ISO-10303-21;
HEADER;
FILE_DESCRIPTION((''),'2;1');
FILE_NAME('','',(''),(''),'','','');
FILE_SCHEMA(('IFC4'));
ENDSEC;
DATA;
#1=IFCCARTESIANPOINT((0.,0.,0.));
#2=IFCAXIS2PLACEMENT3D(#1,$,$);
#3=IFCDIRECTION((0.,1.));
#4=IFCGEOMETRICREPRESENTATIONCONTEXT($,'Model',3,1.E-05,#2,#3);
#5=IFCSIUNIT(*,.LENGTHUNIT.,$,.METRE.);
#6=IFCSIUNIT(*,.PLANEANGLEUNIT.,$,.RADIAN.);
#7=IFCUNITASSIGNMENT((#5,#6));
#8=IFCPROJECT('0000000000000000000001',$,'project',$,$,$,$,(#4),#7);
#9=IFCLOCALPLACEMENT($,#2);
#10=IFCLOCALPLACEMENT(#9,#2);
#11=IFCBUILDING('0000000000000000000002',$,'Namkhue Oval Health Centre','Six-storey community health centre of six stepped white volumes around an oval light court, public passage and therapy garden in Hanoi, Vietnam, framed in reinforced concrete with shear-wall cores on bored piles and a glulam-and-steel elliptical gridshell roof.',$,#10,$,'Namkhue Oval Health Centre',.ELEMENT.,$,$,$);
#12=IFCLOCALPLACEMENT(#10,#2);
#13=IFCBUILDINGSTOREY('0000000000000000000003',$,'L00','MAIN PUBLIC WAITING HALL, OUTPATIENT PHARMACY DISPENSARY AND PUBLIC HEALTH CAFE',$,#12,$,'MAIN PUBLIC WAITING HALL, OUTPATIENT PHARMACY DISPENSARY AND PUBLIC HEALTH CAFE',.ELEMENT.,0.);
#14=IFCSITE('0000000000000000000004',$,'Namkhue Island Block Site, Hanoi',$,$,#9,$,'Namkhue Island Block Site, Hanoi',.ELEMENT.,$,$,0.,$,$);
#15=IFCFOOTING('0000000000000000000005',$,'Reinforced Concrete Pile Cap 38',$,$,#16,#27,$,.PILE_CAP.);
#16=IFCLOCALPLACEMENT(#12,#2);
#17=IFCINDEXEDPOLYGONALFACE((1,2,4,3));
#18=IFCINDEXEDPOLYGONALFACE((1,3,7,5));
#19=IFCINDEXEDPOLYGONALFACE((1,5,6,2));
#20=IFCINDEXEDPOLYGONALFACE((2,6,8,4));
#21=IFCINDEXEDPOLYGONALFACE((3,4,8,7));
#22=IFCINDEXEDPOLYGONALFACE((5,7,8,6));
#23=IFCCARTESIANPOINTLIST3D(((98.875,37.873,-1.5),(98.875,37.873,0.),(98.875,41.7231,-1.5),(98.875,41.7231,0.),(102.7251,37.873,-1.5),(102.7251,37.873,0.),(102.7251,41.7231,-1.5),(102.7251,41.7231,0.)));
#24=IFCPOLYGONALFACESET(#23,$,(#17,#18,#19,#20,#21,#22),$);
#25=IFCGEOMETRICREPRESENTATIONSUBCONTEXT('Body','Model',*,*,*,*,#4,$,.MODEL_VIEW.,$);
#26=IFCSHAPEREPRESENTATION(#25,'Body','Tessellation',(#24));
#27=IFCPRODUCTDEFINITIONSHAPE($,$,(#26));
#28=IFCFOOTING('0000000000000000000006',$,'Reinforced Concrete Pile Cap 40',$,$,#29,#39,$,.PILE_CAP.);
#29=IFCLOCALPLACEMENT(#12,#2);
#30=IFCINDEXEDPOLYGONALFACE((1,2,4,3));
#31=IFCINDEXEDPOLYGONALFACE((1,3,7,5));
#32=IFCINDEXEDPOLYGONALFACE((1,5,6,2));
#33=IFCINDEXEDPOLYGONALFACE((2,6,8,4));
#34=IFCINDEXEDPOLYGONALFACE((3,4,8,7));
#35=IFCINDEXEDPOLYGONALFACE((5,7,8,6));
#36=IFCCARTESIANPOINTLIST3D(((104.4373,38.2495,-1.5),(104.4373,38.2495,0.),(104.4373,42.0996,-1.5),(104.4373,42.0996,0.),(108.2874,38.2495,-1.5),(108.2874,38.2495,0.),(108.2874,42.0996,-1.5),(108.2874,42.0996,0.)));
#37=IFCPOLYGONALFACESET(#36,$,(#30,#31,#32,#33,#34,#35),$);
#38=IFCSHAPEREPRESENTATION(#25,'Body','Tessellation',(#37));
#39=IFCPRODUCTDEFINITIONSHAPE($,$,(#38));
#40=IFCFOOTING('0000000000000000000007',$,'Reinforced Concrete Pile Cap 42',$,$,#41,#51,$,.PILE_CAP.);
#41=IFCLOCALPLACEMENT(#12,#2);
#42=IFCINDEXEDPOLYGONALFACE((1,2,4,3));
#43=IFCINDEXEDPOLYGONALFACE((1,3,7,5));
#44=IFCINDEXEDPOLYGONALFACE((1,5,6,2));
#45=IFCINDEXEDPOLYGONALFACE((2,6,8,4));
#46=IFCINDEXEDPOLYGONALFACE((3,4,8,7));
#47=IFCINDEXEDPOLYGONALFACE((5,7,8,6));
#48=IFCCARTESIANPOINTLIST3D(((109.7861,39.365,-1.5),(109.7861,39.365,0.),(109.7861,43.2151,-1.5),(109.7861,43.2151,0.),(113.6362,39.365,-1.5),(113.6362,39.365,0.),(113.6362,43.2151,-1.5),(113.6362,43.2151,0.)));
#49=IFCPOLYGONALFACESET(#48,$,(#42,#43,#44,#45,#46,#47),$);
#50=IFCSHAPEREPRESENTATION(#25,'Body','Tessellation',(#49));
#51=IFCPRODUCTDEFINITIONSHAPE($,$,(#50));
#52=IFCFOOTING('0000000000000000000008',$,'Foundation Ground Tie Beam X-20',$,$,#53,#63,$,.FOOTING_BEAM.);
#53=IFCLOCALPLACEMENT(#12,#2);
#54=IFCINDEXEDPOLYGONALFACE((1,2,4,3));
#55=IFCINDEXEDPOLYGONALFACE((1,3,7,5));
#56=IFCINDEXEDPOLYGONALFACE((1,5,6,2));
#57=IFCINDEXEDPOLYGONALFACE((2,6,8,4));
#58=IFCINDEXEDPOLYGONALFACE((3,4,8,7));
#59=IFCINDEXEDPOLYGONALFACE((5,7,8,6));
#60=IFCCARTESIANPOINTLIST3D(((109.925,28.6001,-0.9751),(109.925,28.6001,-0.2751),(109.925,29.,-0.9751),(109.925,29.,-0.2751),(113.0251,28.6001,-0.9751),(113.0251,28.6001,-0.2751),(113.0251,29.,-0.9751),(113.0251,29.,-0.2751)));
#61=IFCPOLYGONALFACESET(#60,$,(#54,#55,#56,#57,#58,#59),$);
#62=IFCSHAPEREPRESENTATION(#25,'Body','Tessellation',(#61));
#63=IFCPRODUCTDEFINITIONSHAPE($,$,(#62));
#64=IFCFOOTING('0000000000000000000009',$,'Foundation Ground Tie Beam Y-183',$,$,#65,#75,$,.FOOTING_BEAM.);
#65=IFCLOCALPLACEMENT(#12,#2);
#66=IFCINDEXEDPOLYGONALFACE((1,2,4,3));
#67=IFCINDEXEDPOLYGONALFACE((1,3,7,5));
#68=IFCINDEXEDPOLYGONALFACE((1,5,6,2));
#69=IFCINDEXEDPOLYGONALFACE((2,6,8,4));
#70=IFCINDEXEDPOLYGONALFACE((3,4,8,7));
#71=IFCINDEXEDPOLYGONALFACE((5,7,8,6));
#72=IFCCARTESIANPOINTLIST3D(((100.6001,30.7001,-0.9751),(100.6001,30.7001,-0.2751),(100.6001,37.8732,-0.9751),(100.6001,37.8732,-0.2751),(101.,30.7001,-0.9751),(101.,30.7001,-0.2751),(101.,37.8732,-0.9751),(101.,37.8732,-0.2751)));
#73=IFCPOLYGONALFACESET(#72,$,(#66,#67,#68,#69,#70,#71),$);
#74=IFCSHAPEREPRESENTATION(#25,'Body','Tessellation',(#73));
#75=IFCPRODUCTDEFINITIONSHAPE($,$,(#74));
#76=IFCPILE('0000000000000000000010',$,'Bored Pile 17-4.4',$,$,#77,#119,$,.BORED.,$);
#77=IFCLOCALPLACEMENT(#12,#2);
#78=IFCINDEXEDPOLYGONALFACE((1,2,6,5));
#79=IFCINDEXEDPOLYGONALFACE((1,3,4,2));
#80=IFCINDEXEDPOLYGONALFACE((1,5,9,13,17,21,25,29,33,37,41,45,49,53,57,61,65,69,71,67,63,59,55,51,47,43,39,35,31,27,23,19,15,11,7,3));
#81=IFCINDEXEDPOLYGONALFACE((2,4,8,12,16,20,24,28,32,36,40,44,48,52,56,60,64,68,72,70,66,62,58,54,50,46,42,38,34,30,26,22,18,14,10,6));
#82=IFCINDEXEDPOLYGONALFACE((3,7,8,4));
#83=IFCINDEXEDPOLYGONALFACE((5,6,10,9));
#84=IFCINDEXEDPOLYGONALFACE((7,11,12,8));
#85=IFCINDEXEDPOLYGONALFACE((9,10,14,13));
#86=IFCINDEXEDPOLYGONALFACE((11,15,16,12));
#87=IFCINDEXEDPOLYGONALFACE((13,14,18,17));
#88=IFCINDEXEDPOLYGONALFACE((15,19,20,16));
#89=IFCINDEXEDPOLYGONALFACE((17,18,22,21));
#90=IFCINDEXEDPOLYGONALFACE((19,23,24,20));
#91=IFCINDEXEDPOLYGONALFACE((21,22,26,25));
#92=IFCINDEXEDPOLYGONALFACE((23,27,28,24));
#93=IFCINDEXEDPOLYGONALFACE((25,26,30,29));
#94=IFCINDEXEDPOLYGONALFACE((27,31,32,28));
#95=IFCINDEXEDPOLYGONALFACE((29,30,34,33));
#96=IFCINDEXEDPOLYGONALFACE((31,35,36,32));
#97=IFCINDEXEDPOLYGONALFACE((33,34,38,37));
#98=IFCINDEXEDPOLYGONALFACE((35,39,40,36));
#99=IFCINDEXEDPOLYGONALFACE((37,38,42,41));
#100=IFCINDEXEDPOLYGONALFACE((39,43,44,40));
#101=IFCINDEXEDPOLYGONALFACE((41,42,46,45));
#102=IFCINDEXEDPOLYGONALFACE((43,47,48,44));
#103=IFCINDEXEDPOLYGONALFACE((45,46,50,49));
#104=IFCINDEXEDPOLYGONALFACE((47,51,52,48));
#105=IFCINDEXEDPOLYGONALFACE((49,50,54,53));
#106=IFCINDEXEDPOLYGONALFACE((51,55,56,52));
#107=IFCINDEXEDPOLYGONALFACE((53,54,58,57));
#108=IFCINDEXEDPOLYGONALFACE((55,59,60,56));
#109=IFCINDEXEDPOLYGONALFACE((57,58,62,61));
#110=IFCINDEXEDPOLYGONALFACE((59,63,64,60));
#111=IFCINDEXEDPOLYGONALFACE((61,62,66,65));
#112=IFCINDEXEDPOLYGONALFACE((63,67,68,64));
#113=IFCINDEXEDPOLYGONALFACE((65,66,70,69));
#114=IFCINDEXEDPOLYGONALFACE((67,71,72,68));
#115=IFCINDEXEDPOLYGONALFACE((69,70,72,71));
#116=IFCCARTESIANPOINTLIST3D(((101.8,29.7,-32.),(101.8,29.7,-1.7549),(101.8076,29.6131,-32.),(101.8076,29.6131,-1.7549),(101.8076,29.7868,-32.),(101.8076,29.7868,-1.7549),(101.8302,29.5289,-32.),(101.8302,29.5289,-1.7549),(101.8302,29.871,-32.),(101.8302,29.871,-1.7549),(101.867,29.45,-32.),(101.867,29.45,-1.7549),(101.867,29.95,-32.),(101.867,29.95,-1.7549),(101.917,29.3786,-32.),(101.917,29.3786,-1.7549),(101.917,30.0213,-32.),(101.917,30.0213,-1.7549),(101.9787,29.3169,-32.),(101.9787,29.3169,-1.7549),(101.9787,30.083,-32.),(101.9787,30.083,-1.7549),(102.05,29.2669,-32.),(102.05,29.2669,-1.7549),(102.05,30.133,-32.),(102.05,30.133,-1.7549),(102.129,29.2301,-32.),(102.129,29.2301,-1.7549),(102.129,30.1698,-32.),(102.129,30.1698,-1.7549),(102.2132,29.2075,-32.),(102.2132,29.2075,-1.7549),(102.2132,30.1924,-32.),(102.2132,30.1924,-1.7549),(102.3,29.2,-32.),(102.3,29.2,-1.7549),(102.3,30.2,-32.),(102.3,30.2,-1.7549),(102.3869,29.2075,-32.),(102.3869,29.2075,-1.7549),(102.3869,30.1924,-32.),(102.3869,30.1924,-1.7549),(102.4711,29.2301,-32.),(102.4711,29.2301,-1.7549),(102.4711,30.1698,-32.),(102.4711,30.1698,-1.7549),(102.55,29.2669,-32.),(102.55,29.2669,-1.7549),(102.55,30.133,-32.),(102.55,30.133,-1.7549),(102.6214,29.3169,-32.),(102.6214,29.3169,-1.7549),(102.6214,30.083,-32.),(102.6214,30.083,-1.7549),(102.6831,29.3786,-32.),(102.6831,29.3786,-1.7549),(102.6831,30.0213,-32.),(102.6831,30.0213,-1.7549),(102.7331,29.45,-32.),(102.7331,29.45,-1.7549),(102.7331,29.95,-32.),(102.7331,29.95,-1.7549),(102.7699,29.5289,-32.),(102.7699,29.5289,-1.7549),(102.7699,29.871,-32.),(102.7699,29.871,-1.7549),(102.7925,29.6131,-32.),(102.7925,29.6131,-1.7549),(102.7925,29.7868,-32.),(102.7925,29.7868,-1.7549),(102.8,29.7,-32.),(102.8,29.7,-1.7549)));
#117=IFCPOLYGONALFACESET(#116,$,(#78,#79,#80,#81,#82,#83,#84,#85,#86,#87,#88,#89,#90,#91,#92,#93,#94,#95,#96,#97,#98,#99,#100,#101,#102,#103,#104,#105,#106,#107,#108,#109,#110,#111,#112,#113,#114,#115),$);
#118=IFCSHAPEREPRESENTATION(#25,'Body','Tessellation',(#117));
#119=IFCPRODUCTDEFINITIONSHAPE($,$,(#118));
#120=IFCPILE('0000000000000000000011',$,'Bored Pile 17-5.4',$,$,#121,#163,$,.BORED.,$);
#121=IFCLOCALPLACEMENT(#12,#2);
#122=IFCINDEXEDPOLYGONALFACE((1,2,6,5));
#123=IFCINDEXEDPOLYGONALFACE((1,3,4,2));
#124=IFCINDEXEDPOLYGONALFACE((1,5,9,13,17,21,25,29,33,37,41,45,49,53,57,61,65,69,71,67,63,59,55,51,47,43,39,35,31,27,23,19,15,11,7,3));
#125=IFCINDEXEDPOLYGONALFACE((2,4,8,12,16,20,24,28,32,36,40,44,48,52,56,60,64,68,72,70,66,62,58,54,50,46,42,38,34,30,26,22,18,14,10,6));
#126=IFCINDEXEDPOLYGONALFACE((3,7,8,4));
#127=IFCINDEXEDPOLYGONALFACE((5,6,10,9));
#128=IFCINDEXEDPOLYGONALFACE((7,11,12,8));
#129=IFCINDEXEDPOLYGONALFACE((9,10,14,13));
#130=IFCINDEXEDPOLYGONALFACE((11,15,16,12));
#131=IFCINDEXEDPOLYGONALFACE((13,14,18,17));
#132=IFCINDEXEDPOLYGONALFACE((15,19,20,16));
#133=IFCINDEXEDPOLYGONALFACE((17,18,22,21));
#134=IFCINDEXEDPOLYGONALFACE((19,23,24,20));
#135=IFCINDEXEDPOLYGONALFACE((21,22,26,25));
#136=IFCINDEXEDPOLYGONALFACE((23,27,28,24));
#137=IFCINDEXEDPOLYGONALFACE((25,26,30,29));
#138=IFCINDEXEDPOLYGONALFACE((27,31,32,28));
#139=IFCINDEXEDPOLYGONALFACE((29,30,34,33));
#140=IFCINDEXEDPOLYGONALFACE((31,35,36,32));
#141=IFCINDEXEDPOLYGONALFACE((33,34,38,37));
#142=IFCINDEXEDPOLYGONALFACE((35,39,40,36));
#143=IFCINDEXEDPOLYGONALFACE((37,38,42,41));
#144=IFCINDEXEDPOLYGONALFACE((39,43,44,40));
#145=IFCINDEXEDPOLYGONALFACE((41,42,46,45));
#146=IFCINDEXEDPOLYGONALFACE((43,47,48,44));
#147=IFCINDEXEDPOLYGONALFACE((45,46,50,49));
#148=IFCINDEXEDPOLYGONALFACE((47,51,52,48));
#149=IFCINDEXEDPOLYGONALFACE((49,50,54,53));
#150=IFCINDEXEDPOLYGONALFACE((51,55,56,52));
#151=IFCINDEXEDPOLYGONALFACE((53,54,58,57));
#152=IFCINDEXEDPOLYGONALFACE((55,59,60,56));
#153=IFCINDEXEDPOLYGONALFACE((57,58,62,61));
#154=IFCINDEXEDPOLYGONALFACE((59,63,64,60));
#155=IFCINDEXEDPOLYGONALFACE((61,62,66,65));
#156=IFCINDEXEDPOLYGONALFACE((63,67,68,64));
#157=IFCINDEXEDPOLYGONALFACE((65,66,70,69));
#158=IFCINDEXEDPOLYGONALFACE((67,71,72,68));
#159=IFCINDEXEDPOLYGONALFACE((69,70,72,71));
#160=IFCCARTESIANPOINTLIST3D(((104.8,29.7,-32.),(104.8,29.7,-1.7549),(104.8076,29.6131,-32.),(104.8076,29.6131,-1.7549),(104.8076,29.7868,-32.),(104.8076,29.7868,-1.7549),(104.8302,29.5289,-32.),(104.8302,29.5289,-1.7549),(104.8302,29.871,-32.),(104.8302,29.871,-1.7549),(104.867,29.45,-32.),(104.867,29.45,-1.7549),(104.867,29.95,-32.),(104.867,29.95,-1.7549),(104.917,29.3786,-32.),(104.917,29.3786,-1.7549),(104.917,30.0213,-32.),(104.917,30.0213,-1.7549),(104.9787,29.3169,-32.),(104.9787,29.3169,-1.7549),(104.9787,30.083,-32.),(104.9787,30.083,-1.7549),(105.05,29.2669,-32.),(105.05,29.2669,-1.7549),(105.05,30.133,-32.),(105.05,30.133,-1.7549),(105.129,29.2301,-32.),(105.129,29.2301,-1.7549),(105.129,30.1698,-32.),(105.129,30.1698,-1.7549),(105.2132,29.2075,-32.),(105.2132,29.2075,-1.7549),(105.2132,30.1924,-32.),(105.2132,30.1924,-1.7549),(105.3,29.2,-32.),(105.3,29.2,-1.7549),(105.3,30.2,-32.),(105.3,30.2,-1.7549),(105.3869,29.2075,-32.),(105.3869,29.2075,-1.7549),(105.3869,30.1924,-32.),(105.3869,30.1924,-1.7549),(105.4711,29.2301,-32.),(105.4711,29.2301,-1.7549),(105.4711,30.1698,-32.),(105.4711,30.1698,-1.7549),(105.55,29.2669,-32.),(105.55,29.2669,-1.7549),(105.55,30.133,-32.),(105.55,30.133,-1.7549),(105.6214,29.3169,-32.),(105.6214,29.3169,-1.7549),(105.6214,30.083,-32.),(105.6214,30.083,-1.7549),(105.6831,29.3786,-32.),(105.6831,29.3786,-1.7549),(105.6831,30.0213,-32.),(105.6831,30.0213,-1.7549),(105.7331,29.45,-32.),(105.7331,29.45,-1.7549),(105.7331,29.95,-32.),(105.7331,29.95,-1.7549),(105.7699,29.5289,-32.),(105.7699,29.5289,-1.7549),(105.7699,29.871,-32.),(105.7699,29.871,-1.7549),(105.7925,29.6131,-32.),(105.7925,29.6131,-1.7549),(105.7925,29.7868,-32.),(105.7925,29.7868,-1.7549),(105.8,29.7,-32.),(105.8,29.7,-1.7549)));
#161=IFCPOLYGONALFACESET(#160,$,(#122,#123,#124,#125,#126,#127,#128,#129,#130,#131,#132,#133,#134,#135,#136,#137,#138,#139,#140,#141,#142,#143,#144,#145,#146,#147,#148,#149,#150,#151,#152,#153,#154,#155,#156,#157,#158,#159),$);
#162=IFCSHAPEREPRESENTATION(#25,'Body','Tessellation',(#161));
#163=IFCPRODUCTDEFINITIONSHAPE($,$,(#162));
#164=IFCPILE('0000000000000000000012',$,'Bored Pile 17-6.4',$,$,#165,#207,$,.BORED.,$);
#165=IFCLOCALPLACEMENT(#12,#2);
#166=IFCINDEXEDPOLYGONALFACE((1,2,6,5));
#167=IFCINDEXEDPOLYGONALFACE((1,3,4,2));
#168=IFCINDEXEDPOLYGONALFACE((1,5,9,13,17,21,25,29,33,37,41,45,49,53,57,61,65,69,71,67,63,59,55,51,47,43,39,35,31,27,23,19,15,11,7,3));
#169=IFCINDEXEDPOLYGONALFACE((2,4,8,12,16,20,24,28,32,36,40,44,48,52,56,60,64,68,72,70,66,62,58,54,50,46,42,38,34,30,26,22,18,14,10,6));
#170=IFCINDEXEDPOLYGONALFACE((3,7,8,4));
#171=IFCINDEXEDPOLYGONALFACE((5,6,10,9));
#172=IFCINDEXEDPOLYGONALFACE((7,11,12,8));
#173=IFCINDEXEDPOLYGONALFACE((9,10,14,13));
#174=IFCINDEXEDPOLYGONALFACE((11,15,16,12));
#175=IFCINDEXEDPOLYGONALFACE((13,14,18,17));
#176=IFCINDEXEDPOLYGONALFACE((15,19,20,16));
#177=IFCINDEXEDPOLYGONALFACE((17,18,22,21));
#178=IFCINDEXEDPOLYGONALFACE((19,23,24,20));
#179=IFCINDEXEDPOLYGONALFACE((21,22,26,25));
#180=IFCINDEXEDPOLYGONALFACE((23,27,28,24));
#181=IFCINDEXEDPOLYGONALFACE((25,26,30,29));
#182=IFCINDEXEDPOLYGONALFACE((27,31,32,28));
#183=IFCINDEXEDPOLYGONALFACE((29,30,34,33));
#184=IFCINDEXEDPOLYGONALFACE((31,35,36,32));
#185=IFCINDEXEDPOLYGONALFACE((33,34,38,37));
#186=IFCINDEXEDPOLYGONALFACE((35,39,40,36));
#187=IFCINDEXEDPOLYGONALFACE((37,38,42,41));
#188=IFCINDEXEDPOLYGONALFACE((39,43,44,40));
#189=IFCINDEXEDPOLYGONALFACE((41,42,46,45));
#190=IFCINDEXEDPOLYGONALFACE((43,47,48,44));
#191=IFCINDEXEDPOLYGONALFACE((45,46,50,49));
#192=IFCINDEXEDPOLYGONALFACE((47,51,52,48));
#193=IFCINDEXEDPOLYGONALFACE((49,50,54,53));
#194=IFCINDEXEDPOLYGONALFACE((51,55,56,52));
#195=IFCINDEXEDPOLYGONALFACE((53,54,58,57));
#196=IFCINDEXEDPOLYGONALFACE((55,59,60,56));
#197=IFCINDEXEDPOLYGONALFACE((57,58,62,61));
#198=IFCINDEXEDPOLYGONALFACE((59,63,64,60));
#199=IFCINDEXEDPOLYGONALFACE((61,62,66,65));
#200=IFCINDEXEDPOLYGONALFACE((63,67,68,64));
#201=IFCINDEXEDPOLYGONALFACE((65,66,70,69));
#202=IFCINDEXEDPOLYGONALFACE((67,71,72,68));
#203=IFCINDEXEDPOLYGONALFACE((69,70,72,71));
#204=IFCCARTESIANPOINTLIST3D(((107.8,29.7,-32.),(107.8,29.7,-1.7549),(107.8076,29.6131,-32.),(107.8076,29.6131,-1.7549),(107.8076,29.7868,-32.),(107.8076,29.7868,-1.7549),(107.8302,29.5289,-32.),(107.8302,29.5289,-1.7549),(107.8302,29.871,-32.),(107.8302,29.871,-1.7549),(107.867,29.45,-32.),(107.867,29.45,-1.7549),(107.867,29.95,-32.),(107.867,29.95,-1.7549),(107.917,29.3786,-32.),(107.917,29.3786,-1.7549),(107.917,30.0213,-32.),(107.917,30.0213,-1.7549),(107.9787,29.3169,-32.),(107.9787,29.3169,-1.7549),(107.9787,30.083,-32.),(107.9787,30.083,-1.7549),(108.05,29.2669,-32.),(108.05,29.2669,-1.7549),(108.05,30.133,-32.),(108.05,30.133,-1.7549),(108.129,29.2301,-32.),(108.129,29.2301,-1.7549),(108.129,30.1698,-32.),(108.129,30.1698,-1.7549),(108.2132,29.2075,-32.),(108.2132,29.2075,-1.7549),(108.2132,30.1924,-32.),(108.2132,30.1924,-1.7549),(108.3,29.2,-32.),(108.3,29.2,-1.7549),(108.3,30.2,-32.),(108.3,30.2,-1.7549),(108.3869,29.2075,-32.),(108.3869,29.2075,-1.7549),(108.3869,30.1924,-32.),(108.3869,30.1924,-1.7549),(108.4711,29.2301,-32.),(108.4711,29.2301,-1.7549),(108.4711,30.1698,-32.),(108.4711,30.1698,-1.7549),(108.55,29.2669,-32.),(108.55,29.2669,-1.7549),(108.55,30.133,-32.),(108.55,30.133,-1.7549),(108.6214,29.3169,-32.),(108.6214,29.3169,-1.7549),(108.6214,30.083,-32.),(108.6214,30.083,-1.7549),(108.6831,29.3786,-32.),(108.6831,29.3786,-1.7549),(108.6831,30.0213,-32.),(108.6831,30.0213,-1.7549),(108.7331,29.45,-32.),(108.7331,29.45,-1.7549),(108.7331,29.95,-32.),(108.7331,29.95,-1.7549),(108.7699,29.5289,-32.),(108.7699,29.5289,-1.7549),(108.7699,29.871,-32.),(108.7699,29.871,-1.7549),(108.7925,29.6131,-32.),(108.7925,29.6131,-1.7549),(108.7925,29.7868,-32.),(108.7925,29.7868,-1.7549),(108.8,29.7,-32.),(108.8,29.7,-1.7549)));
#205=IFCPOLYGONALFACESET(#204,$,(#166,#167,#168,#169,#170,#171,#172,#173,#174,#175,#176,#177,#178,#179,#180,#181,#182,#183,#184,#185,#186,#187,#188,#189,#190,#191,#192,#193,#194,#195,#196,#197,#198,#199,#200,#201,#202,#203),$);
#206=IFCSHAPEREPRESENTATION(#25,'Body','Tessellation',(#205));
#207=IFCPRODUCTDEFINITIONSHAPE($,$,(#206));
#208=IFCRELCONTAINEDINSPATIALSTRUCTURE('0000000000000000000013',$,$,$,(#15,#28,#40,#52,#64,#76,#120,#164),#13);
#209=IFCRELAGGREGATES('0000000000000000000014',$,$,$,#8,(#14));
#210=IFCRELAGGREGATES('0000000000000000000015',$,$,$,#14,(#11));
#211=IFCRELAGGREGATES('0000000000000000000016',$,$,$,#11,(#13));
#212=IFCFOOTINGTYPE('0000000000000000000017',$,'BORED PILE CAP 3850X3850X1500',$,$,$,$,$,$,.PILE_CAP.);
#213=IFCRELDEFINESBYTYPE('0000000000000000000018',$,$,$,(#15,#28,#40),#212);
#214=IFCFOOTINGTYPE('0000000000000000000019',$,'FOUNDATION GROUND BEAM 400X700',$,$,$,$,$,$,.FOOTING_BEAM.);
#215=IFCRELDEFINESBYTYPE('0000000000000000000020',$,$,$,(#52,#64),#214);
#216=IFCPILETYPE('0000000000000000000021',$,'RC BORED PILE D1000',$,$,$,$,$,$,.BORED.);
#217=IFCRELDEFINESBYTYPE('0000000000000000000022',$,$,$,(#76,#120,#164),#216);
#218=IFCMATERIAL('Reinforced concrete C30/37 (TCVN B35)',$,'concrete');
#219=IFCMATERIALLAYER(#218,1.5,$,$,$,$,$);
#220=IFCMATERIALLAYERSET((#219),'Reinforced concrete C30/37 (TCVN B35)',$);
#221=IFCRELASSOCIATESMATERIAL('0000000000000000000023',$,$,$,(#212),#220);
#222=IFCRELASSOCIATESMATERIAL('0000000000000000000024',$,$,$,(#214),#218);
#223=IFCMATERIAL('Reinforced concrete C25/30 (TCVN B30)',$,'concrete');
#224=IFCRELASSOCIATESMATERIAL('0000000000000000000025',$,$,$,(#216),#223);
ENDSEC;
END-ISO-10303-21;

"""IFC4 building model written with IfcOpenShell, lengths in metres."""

from ifc_helpers import new_model, si_unit, direction, frame, origin, origin_2d, place, context, subcontext, project, spatial, rectangle, circle, extrude, material, layer, layer_set, material_profile, profile_set, type_object, element, save


model = new_model("IFC4")

# Units and contexts
model_context = context("Model", 3, precision=1e-05, world=origin(), true_north=direction((0.0, 1.0)))
body_context = subcontext(model_context, "Body", "Model", "MODEL_VIEW")
ifc_project = project(units=[si_unit("LENGTHUNIT", "METRE"), si_unit("PLANEANGLEUNIT", "RADIAN")], contexts=[model_context])

# Site, building, storey
site_placement = place(None, origin())
site = spatial("IfcSite", under=ifc_project, at=site_placement, Name="Namkhue Island Block Site, Hanoi", LongName="Namkhue Island Block Site, Hanoi", CompositionType="ELEMENT", RefElevation=0.0)
building_placement = place(site_placement, origin())
building = spatial("IfcBuilding", under=site, at=building_placement, Name="Namkhue Oval Health Centre", Description="Six-storey community health centre of six stepped white volumes around an oval light court, public passage and therapy garden in Hanoi, Vietnam, framed in reinforced concrete with shear-wall cores on bored piles and a glulam-and-steel elliptical gridshell roof.", LongName="Namkhue Oval Health Centre", CompositionType="ELEMENT")
storey_placement = place(building_placement, origin())
storey = spatial("IfcBuildingStorey", under=building, at=storey_placement, Name="L00", Description="MAIN PUBLIC WAITING HALL, OUTPATIENT PHARMACY DISPENSARY AND PUBLIC HEALTH CAFE", LongName="MAIN PUBLIC WAITING HALL, OUTPATIENT PHARMACY DISPENSARY AND PUBLIC HEALTH CAFE", CompositionType="ELEMENT", Elevation=0.0)

# Footings
ifc_material_1 = material(Name="Reinforced concrete C30/37 (TCVN B35)", Category="concrete")
ifc_layer_1 = layer(ifc_material_1, 1.5)
ifc_layer_set_1 = layer_set([ifc_layer_1], Name="Reinforced concrete C30/37 (TCVN B35)")
footing_type_1 = type_object("IfcFootingType", Name="BORED PILE CAP 3850X3850X1500", PredefinedType="PILE_CAP", material=ifc_layer_set_1)
for number, where, z_axis, x_axis, name in (
    (1, (100.8, 39.7981, -1.5), (0.0, 0.0, 1.0), (1.0, 0.0, 0.0), "Reinforced Concrete Pile Cap 38"),
    (2, (106.3623, 40.1746, -1.5), (0.0, 0.0, 1.0), (1.0, 0.0, 0.0), "Reinforced Concrete Pile Cap 40"),
    (3, (111.7112, 41.29, -1.5), (0.0, 0.0, 1.0), (1.0, 0.0, 0.0), "Reinforced Concrete Pile Cap 42"),
):
    element("IfcFooting", number, at=place(storey_placement, frame(where, z_axis=z_axis, x_axis=x_axis)), inside=storey, type_object=footing_type_1, Name=name, PredefinedType="PILE_CAP", context=body_context, shape_type="SweptSolid", body=[
        extrude(rectangle(XDim=3.8501, YDim=3.8501, at=origin_2d()), origin(), (0.0, 0.0, 1.0), 1.5),
    ])
footing_type_2 = type_object("IfcFootingType", Name="FOUNDATION GROUND BEAM 400X700", PredefinedType="FOOTING_BEAM", material=ifc_material_1)
footing_1_placement = place(storey_placement, frame((111.4751, 28.8, -0.9751), z_axis=(0.0, 0.0, 1.0), x_axis=(1.0, 0.0, 0.0)))
element("IfcFooting", 4, at=footing_1_placement, inside=storey, type_object=footing_type_2, Name="Foundation Ground Tie Beam X-20", PredefinedType="FOOTING_BEAM", context=body_context, shape_type="SweptSolid", body=[
    extrude(rectangle(XDim=3.1001, YDim=0.3999, at=origin_2d()), origin(), (0.0, 0.0, 1.0), 0.7),
])
footing_2_placement = place(storey_placement, frame((100.8, 34.2866, -0.9751), z_axis=(0.0, 0.0, 1.0), x_axis=(0.0, 1.0, 0.0)))
element("IfcFooting", 5, at=footing_2_placement, inside=storey, type_object=footing_type_2, Name="Foundation Ground Tie Beam Y-183", PredefinedType="FOOTING_BEAM", context=body_context, shape_type="SweptSolid", body=[
    extrude(rectangle(XDim=7.1731, YDim=0.3999, at=origin_2d()), origin(), (0.0, 0.0, 1.0), 0.7),
])

# Piles
ifc_material_2 = material(Name="Reinforced concrete C25/30 (TCVN B30)", Category="concrete")
ifc_material_profile_1 = material_profile(ifc_material_2, circle(Radius=0.5, at=origin_2d()), Name="BORED PILE D1000")
ifc_profile_set_1 = profile_set([ifc_material_profile_1], Name="Reinforced concrete C25/30 (TCVN B30)")
pile_type_1 = type_object("IfcPileType", Name="RC BORED PILE D1000", PredefinedType="BORED", material=ifc_profile_set_1)
for number, where, z_axis, x_axis, name in (
    (6, (102.3, 29.7, -1.7549), (0.0, 0.0, -1.0), (1.0, 0.0, 0.0), "Bored Pile 17-4.4"),
    (7, (105.3, 29.7, -1.7549), (0.0, 0.0, -1.0), (1.0, 0.0, 0.0), "Bored Pile 17-5.4"),
    (8, (108.3, 29.7, -1.7549), (0.0, 0.0, -1.0), (1.0, 0.0, 0.0), "Bored Pile 17-6.4"),
):
    element("IfcPile", number, at=place(storey_placement, frame(where, z_axis=z_axis, x_axis=x_axis)), inside=storey, type_object=pile_type_1, Name=name, PredefinedType="BORED", context=body_context, shape_type="SweptSolid", body=[
        extrude(circle(Radius=0.5, at=origin_2d()), origin(), (0.0, 0.0, 1.0), 30.2451),
    ])

save(model, "model.ifc")
